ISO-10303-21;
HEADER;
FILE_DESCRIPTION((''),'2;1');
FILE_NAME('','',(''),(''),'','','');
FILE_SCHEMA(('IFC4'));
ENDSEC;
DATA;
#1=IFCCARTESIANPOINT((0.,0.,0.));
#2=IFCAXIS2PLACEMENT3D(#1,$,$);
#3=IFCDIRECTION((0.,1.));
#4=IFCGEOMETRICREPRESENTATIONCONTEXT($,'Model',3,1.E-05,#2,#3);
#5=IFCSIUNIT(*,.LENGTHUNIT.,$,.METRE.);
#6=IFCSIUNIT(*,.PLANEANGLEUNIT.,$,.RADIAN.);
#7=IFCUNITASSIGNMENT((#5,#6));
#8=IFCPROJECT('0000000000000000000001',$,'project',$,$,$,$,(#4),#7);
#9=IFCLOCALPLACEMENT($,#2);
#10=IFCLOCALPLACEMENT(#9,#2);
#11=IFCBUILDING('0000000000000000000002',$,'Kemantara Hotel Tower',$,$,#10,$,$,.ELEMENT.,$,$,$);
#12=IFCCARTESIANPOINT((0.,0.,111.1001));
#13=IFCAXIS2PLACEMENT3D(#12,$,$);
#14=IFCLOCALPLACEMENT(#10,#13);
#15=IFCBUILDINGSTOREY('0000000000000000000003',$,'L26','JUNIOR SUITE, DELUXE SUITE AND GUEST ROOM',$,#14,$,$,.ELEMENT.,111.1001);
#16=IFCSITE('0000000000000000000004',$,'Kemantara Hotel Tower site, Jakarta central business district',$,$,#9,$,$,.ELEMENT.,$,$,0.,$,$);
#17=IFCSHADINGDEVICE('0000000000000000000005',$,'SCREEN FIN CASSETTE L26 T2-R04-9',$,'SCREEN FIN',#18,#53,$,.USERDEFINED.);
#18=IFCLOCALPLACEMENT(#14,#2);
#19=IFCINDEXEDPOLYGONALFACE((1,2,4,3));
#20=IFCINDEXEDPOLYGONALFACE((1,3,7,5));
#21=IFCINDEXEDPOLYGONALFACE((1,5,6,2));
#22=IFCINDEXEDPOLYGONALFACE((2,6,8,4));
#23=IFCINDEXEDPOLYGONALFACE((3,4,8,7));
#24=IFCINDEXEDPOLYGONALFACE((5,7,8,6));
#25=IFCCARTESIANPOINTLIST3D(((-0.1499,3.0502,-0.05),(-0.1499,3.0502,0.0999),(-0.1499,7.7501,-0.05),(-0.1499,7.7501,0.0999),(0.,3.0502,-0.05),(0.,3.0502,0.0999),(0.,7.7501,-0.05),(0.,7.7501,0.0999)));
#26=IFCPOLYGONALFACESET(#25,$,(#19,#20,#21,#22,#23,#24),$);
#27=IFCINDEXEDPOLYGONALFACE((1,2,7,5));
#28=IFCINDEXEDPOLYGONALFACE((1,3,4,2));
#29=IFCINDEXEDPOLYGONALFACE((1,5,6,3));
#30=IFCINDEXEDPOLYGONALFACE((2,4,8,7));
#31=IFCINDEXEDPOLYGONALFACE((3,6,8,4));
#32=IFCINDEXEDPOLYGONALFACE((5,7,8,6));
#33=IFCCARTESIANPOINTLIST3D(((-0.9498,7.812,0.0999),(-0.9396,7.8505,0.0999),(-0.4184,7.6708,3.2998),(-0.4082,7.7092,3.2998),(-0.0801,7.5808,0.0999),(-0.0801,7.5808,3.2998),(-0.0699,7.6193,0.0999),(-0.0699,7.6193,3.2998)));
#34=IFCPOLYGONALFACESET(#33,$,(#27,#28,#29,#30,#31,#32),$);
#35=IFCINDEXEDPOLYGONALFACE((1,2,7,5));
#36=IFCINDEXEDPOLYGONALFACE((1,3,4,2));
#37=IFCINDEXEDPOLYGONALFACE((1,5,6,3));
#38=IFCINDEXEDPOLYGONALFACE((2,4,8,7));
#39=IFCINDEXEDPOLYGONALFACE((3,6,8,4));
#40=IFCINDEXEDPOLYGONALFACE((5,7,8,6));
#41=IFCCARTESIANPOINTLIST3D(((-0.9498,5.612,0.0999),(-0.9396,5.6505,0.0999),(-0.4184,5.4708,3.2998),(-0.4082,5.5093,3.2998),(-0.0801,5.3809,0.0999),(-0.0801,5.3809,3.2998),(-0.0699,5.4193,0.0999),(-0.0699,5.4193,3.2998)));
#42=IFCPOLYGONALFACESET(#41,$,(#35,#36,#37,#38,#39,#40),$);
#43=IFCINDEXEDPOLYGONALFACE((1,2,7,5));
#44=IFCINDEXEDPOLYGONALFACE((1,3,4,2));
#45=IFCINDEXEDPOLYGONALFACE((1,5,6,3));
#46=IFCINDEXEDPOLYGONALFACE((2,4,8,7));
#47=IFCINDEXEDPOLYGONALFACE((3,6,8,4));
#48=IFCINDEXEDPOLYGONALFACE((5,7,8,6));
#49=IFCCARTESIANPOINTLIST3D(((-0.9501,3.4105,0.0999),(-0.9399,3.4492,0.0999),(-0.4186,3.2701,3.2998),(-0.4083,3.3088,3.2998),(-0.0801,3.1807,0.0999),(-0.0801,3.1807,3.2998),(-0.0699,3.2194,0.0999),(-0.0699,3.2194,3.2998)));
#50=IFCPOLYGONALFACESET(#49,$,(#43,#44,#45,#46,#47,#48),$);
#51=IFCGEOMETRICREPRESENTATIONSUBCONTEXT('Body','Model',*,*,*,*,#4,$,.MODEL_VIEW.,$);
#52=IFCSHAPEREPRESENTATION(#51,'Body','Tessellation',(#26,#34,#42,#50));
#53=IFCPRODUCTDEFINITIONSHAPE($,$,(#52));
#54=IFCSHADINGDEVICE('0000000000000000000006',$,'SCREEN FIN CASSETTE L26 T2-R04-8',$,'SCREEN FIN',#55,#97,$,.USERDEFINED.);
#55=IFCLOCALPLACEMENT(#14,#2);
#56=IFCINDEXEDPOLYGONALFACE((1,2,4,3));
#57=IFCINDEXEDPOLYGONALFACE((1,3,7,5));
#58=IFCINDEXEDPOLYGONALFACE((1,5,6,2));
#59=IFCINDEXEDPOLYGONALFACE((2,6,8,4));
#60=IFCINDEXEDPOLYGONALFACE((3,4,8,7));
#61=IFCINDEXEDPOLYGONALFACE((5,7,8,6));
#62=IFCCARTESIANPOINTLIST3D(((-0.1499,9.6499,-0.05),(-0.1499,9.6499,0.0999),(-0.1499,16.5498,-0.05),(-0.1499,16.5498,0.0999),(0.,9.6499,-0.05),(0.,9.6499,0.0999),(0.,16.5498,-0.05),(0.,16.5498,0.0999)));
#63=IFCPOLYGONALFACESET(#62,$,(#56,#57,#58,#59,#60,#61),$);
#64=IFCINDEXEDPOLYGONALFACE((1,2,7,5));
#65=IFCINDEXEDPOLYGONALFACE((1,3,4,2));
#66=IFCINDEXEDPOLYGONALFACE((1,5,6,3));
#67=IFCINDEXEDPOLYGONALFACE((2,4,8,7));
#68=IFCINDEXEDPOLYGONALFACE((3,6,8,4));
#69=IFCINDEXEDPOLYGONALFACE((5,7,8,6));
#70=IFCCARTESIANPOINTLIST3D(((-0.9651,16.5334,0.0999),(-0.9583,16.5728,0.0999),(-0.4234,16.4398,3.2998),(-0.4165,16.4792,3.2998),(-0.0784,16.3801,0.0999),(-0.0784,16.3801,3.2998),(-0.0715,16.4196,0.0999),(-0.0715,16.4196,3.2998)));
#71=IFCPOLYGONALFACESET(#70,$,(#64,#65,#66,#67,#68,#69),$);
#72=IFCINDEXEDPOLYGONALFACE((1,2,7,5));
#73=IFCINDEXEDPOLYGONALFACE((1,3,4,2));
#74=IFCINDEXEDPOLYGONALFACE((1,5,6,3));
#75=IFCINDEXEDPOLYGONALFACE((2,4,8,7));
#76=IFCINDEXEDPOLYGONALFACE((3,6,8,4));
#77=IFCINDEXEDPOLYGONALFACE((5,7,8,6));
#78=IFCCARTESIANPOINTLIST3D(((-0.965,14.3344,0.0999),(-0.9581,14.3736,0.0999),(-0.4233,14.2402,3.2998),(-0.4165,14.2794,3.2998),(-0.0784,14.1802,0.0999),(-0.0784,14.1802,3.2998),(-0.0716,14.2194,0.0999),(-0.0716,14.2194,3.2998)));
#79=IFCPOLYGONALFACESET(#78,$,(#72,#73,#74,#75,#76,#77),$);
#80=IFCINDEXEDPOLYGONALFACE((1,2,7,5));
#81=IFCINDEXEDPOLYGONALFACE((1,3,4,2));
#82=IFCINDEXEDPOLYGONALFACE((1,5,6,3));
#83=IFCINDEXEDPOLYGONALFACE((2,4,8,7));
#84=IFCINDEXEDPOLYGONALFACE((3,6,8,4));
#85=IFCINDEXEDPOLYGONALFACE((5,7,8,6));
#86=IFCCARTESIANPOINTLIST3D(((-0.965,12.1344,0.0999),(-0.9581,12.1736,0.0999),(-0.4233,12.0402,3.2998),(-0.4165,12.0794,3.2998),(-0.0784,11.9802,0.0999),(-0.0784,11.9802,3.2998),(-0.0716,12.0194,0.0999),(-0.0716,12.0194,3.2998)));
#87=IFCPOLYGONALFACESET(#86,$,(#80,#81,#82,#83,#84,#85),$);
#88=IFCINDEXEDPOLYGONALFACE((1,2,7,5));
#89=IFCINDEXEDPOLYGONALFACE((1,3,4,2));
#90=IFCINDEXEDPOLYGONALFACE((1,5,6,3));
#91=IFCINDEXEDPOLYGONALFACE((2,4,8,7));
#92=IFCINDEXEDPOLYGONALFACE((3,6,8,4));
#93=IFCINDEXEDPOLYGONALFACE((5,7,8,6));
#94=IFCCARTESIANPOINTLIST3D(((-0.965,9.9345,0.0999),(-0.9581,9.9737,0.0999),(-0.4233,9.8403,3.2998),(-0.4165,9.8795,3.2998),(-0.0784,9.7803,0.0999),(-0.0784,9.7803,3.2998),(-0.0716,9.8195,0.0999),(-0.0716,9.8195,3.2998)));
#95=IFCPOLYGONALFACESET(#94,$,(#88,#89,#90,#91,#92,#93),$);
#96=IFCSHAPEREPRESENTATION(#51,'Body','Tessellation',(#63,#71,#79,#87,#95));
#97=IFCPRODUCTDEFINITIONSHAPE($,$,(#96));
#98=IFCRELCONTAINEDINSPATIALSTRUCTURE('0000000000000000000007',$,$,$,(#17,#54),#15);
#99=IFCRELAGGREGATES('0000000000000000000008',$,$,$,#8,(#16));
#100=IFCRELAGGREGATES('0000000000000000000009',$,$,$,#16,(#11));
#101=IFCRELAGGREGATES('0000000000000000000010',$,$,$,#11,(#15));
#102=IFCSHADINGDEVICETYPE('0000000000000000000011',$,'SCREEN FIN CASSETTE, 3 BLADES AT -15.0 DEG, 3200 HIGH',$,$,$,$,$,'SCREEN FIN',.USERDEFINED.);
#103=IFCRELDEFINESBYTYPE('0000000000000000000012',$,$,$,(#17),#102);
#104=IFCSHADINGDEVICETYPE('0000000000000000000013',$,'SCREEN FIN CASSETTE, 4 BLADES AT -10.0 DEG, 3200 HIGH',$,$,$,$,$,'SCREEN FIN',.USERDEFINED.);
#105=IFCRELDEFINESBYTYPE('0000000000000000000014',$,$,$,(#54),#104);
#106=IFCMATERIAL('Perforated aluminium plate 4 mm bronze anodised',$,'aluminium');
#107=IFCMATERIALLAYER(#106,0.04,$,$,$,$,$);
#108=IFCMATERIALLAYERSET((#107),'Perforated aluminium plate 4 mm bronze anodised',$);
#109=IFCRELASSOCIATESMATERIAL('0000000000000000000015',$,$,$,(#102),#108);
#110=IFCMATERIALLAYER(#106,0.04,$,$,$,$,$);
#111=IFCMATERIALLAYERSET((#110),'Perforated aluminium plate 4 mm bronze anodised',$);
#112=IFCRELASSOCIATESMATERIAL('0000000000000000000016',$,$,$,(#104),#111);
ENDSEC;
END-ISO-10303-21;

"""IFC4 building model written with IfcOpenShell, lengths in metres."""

from ifc_helpers import new_model, si_unit, direction, frame, origin, origin_2d, place, context, subcontext, project, spatial, polyline, rectangle, outline, extrude, source, transform, mapped, material, layer, layer_set, type_object, element, save


model = new_model("IFC4")

# Units and contexts
model_context = context("Model", 3, precision=1e-05, world=origin(), true_north=direction((0.0, 1.0)))
body_context = subcontext(model_context, "Body", "Model", "MODEL_VIEW")
ifc_project = project(units=[si_unit("LENGTHUNIT", "METRE"), si_unit("PLANEANGLEUNIT", "RADIAN")], contexts=[model_context])

# Site, building, storey
site_placement = place(None, origin())
site = spatial("IfcSite", under=ifc_project, at=site_placement, Name="Kemantara Hotel Tower site, Jakarta central business district", CompositionType="ELEMENT", RefElevation=0.0)
building_placement = place(site_placement, origin())
building = spatial("IfcBuilding", under=site, at=building_placement, Name="Kemantara Hotel Tower", CompositionType="ELEMENT")
storey_placement = place(building_placement, frame((0.0, 0.0, 111.1001)))
storey = spatial("IfcBuildingStorey", under=building, at=storey_placement, Name="L26", Description="JUNIOR SUITE, DELUXE SUITE AND GUEST ROOM", CompositionType="ELEMENT", Elevation=111.1001)

# Shading devices
ifc_material_1 = material(Name="Perforated aluminium plate 4 mm bronze anodised", Category="aluminium")
ifc_layer_1 = layer(ifc_material_1, 0.04)
ifc_layer_set_1 = layer_set([ifc_layer_1], Name="Perforated aluminium plate 4 mm bronze anodised")
shading_device_type_1 = type_object("IfcShadingDeviceType", Name="SCREEN FIN CASSETTE, 3 BLADES AT -15.0 DEG, 3200 HIGH", ElementType="SCREEN FIN", PredefinedType="USERDEFINED", material=ifc_layer_set_1)
shared_shape_1 = source(origin(), body_context, "Body", "SweptSolid", [
    extrude(rectangle(XDim=4.7, YDim=0.1499, at=origin_2d()), frame((2.2, -0.075, -0.1499), z_axis=(0.0, 0.0, 1.0), x_axis=(1.0, 0.0, 0.0)), (0.0, 0.0, 1.0), 0.1499),
    extrude(outline(polyline([(0.0, 0.0), (0.8999, 0.0), (0.3501, 3.2), (0.0, 3.2), (0.0, 0.0)])), frame((0.0193, -0.0801, 0.0), z_axis=(-0.966438, 0.256901, 0.0), x_axis=(-0.256901, -0.966438, 0.0)), (0.0, 0.0, 1.0), 0.0398),
    extrude(outline(polyline([(0.0, 0.0), (0.8999, 0.0), (0.3501, 3.2), (0.0, 3.2), (0.0, 0.0)])), frame((2.2192, -0.0801, 0.0), z_axis=(-0.966438, 0.256901, 0.0), x_axis=(-0.256901, -0.966438, 0.0)), (0.0, 0.0, 1.0), 0.0398),
    extrude(outline(polyline([(0.0, 0.0), (0.8999, 0.0), (0.3501, 3.2), (0.0, 3.2), (0.0, 0.0)])), frame((4.4194, -0.0801, 0.0), z_axis=(-0.966838, 0.255391, 0.0), x_axis=(-0.255391, -0.966838, 0.0)), (0.0, 0.0, 1.0), 0.04),
])
shading_device_1_placement = place(storey_placement, frame((0.0, 7.6001, 0.0999), z_axis=(0.0, 0.0, 1.0), x_axis=(0.0, -1.0, 0.0)))
element("IfcShadingDevice", 1, at=shading_device_1_placement, inside=storey, type_object=shading_device_type_1, Name="SCREEN FIN CASSETTE L26 T2-R04-9", ObjectType="SCREEN FIN", PredefinedType="USERDEFINED", context=body_context, shape_type="MappedRepresentation", body=[
    mapped(shared_shape_1, transform((0.0, 0.0, 0.0))),
])
ifc_layer_2 = layer(ifc_material_1, 0.04)
ifc_layer_set_2 = layer_set([ifc_layer_2], Name="Perforated aluminium plate 4 mm bronze anodised")
shading_device_type_2 = type_object("IfcShadingDeviceType", Name="SCREEN FIN CASSETTE, 4 BLADES AT -10.0 DEG, 3200 HIGH", ElementType="SCREEN FIN", PredefinedType="USERDEFINED", material=ifc_layer_set_2)
shared_shape_2 = source(origin(), body_context, "Body", "SweptSolid", [
    extrude(rectangle(XDim=6.8999, YDim=0.1499, at=origin_2d()), frame((3.3, -0.075, -0.1499), z_axis=(0.0, 0.0, 1.0), x_axis=(1.0, 0.0, 0.0)), (0.0, 0.0, 1.0), 0.1499),
    extrude(outline(polyline([(0.0, 0.0), (0.8999, 0.0), (0.3501, 3.2), (0.0, 3.2), (0.0, 0.0)])), frame((0.0198, -0.0784, 0.0), z_axis=(-0.98539, 0.170314, 0.0), x_axis=(-0.170314, -0.98539, 0.0)), (0.0, 0.0, 1.0), 0.04),
    extrude(outline(polyline([(0.0, 0.0), (0.8999, 0.0), (0.3501, 3.2), (0.0, 3.2), (0.0, 0.0)])), frame((2.2197, -0.0784, 0.0), z_axis=(-0.985212, 0.171341, 0.0), x_axis=(-0.171341, -0.985212, 0.0)), (0.0, 0.0, 1.0), 0.0398),
    extrude(outline(polyline([(0.0, 0.0), (0.8999, 0.0), (0.3501, 3.2), (0.0, 3.2), (0.0, 0.0)])), frame((4.4197, -0.0784, 0.0), z_axis=(-0.985212, 0.171341, 0.0), x_axis=(-0.171341, -0.985212, 0.0)), (0.0, 0.0, 1.0), 0.0398),
    extrude(outline(polyline([(0.0, 0.0), (0.8999, 0.0), (0.3501, 3.2), (0.0, 3.2), (0.0, 0.0)])), frame((6.6196, -0.0784, 0.0), z_axis=(-0.985212, 0.171341, 0.0), x_axis=(-0.171341, -0.985212, 0.0)), (0.0, 0.0, 1.0), 0.0398),
])
shading_device_2_placement = place(storey_placement, frame((0.0, 16.3999, 0.0999), z_axis=(0.0, 0.0, 1.0), x_axis=(0.0, -1.0, 0.0)))
element("IfcShadingDevice", 2, at=shading_device_2_placement, inside=storey, type_object=shading_device_type_2, Name="SCREEN FIN CASSETTE L26 T2-R04-8", ObjectType="SCREEN FIN", PredefinedType="USERDEFINED", context=body_context, shape_type="MappedRepresentation", body=[
    mapped(shared_shape_2, transform((0.0, 0.0, 0.0))),
])

save(model, "model.ifc")
